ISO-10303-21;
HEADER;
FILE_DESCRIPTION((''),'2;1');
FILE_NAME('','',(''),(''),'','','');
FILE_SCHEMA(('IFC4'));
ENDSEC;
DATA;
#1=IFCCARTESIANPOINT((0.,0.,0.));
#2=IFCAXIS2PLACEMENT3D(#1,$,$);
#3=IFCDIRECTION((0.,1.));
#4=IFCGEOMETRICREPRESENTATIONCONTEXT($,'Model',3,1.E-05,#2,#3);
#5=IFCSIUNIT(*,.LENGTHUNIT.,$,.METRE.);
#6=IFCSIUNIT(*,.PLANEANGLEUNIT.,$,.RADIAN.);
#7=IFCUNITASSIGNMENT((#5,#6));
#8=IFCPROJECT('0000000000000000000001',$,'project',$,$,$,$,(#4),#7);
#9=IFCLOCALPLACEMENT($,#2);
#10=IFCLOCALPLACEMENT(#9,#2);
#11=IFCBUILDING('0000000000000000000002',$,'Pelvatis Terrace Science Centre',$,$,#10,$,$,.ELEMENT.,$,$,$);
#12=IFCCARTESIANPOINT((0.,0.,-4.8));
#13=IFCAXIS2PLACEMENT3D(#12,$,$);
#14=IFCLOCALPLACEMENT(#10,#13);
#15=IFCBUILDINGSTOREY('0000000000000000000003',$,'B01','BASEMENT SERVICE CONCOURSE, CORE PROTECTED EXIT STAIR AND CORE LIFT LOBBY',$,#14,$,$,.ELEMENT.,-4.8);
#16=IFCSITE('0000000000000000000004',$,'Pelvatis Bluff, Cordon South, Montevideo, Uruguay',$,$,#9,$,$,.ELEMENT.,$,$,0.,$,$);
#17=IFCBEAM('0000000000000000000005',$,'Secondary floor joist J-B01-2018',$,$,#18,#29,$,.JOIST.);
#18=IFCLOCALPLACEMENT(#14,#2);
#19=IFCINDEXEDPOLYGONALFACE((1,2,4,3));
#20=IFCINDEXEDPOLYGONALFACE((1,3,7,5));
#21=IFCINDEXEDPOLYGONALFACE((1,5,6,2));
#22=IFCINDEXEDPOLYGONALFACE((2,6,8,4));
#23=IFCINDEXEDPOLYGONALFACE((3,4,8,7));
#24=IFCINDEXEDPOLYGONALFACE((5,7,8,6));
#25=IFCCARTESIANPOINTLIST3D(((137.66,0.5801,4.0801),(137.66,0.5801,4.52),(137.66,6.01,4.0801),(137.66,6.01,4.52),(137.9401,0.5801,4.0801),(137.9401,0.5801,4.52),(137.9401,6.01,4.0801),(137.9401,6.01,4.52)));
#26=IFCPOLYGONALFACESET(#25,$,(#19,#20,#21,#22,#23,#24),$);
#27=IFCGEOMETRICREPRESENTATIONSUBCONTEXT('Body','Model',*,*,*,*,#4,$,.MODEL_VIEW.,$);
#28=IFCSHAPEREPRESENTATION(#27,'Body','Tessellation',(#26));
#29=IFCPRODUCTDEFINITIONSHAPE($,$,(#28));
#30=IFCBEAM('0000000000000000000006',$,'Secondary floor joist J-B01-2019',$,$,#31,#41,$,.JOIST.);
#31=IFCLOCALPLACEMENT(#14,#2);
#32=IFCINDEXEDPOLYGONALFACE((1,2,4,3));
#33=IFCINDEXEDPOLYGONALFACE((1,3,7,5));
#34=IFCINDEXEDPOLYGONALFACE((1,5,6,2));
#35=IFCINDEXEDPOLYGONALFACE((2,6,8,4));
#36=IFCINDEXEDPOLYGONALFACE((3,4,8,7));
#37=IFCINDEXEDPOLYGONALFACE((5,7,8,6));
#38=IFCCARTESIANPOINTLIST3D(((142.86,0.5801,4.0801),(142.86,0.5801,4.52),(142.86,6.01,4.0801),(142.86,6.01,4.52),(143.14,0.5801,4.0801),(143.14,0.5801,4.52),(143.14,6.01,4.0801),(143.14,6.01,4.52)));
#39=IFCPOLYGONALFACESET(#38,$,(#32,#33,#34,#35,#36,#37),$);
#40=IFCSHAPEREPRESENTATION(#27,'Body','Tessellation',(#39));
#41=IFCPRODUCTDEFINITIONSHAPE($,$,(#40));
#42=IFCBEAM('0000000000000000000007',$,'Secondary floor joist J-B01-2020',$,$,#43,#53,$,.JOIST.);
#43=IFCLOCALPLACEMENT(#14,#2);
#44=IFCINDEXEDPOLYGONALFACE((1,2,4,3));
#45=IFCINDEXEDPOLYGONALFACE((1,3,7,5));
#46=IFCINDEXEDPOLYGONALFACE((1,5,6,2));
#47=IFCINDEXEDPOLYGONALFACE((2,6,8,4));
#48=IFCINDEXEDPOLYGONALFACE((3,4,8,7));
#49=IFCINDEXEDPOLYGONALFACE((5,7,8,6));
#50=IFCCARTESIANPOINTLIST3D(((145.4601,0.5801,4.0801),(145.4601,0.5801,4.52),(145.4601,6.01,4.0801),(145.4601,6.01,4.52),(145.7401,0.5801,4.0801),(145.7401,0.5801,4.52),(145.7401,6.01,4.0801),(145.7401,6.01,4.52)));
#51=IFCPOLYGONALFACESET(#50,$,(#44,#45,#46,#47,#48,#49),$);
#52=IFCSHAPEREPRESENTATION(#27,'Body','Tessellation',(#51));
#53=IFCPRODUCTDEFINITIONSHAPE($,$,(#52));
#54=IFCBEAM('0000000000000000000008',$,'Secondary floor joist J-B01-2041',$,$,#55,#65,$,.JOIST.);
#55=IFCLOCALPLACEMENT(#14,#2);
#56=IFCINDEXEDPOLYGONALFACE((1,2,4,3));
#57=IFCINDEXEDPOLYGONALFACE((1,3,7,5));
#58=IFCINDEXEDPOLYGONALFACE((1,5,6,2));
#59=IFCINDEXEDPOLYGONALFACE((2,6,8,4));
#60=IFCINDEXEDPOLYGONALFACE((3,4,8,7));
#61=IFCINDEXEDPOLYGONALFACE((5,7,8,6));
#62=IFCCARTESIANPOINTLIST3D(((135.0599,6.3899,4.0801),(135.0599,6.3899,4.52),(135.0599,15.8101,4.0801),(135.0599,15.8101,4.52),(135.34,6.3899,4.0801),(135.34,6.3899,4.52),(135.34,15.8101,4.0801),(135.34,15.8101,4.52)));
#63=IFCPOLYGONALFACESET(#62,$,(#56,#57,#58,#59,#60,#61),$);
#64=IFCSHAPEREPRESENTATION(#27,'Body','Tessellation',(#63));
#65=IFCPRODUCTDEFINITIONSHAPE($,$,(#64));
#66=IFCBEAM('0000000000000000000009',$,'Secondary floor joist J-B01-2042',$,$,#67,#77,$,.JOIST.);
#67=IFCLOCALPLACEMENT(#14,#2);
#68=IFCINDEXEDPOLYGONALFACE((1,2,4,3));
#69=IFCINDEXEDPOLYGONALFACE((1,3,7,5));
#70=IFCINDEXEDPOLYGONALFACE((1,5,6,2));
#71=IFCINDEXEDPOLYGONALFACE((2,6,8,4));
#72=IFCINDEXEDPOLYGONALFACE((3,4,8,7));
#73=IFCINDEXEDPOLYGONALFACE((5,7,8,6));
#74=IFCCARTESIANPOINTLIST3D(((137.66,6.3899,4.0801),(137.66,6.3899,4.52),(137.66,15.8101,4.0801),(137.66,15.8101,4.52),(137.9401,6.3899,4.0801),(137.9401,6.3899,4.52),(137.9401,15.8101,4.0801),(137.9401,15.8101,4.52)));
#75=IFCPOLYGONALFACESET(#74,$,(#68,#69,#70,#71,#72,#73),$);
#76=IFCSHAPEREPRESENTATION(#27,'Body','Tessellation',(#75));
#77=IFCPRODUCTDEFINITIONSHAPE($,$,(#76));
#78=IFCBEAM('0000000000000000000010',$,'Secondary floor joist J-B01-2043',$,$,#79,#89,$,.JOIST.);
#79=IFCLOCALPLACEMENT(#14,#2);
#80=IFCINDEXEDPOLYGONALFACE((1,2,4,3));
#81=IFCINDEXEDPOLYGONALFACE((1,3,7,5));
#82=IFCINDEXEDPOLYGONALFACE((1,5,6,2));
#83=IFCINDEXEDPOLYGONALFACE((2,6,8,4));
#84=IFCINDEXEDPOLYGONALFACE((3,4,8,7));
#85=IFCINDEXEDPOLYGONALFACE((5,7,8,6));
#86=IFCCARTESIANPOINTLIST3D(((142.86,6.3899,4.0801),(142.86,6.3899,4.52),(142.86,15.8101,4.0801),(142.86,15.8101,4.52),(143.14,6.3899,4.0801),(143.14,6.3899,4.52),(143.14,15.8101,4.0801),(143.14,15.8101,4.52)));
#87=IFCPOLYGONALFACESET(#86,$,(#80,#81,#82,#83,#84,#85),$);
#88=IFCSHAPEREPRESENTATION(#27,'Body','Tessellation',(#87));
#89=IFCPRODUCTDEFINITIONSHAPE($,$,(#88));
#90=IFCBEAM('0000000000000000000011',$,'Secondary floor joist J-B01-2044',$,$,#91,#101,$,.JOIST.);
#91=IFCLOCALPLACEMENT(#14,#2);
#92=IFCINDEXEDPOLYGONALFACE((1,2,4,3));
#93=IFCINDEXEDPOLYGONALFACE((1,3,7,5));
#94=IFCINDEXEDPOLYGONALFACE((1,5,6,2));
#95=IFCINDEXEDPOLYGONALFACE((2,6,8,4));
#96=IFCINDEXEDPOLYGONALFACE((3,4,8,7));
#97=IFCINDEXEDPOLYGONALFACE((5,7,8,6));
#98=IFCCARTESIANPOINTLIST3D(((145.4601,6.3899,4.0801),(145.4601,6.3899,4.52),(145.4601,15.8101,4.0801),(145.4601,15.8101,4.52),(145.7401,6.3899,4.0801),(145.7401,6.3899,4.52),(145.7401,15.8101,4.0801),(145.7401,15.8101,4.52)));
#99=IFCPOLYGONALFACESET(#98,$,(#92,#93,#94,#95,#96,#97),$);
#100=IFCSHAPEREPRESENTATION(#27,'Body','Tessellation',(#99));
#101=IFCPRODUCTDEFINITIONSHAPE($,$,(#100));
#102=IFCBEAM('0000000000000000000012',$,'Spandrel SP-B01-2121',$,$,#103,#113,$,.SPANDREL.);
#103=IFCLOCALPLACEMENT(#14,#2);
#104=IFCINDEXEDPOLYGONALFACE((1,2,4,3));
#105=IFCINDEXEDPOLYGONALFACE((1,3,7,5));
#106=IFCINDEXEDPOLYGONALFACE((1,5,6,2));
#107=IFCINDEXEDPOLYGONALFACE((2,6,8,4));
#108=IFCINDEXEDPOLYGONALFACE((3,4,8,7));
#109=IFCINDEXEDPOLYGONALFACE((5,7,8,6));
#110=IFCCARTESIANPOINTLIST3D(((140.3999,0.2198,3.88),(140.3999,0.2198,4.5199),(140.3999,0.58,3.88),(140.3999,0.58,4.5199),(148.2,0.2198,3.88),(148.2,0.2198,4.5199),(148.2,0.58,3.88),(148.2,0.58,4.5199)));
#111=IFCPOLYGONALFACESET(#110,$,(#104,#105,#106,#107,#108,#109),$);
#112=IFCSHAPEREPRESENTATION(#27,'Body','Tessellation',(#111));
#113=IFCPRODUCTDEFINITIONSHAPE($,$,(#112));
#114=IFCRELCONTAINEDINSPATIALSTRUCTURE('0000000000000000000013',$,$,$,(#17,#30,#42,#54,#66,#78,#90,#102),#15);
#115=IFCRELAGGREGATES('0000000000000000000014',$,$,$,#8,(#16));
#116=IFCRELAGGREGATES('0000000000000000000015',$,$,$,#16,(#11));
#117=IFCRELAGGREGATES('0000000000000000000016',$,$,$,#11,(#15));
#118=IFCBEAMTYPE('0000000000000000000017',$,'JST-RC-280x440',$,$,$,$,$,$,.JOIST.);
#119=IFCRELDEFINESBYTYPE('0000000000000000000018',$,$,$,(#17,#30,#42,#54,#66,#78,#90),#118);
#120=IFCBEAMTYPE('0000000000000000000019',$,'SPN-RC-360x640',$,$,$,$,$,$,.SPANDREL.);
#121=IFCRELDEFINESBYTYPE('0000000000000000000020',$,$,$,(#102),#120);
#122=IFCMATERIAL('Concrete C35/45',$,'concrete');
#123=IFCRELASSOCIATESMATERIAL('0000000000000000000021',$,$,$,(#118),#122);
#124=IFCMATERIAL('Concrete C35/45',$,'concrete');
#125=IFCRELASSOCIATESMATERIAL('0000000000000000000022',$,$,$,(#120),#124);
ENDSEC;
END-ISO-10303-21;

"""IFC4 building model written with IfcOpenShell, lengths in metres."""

from ifc_helpers import new_model, si_unit, direction, frame, origin, origin_2d, place, context, subcontext, project, spatial, rectangle, extrude, material, material_profile, profile_set, type_object, element, save


model = new_model("IFC4")

# Units and contexts
model_context = context("Model", 3, precision=1e-05, world=origin(), true_north=direction((0.0, 1.0)))
body_context = subcontext(model_context, "Body", "Model", "MODEL_VIEW")
ifc_project = project(units=[si_unit("LENGTHUNIT", "METRE"), si_unit("PLANEANGLEUNIT", "RADIAN")], contexts=[model_context])

# Site, building, storey
site_placement = place(None, origin())
site = spatial("IfcSite", under=ifc_project, at=site_placement, Name="Pelvatis Bluff, Cordon South, Montevideo, Uruguay", CompositionType="ELEMENT", RefElevation=0.0)
building_placement = place(site_placement, origin())
building = spatial("IfcBuilding", under=site, at=building_placement, Name="Pelvatis Terrace Science Centre", CompositionType="ELEMENT")
storey_placement = place(building_placement, frame((0.0, 0.0, -4.8)))
storey = spatial("IfcBuildingStorey", under=building, at=storey_placement, Name="B01", Description="BASEMENT SERVICE CONCOURSE, CORE PROTECTED EXIT STAIR AND CORE LIFT LOBBY", CompositionType="ELEMENT", Elevation=-4.8)

# Beams
ifc_material_1 = material(Name="Concrete C35/45", Category="concrete")
ifc_material_profile_1 = material_profile(ifc_material_1, rectangle(XDim=0.28, YDim=0.4399, at=origin_2d()), Name="RC-JST 280x440")
ifc_profile_set_1 = profile_set([ifc_material_profile_1], Name="Concrete C35/45")
beam_type_1 = type_object("IfcBeamType", Name="JST-RC-280x440", PredefinedType="JOIST", material=ifc_profile_set_1)
for number, where, z_axis, x_axis, name in (
    (1, (137.8, 0.5801, 4.3), (0.0, 1.0, 0.0), (-1.0, 0.0, 0.0), "Secondary floor joist J-B01-2018"),
    (2, (143.0, 0.5801, 4.3), (0.0, 1.0, 0.0), (-1.0, 0.0, 0.0), "Secondary floor joist J-B01-2019"),
    (3, (145.6001, 0.5801, 4.3), (0.0, 1.0, 0.0), (-1.0, 0.0, 0.0), "Secondary floor joist J-B01-2020"),
):
    element("IfcBeam", number, at=place(storey_placement, frame(where, z_axis=z_axis, x_axis=x_axis)), inside=storey, type_object=beam_type_1, Name=name, PredefinedType="JOIST", context=body_context, shape_type="SweptSolid", body=[
        extrude(rectangle(XDim=0.28, YDim=0.4399, at=origin_2d()), origin(), (0.0, 0.0, 1.0), 5.4299),
    ])
for number, where, z_axis, x_axis, name in (
    (4, (135.2, 6.3899, 4.3), (0.0, 1.0, 0.0), (-1.0, 0.0, 0.0), "Secondary floor joist J-B01-2041"),
    (5, (137.8, 6.3899, 4.3), (0.0, 1.0, 0.0), (-1.0, 0.0, 0.0), "Secondary floor joist J-B01-2042"),
    (6, (143.0, 6.3899, 4.3), (0.0, 1.0, 0.0), (-1.0, 0.0, 0.0), "Secondary floor joist J-B01-2043"),
    (7, (145.6001, 6.3899, 4.3), (0.0, 1.0, 0.0), (-1.0, 0.0, 0.0), "Secondary floor joist J-B01-2044"),
):
    element("IfcBeam", number, at=place(storey_placement, frame(where, z_axis=z_axis, x_axis=x_axis)), inside=storey, type_object=beam_type_1, Name=name, PredefinedType="JOIST", context=body_context, shape_type="SweptSolid", body=[
        extrude(rectangle(XDim=0.28, YDim=0.4399, at=origin_2d()), origin(), (0.0, 0.0, 1.0), 9.4202),
    ])
ifc_material_2 = material(Name="Concrete C35/45", Category="concrete")
ifc_material_profile_2 = material_profile(ifc_material_2, rectangle(XDim=0.3601, YDim=0.6399, at=origin_2d()), Name="RC-SPN 360x640")
ifc_profile_set_2 = profile_set([ifc_material_profile_2], Name="Concrete C35/45")
beam_type_2 = type_object("IfcBeamType", Name="SPN-RC-360x640", PredefinedType="SPANDREL", material=ifc_profile_set_2)
beam_1_placement = place(storey_placement, frame((140.3999, 0.3999, 4.2), z_axis=(1.0, 0.0, 0.0), x_axis=(0.0, 1.0, 0.0)))
element("IfcBeam", 8, at=beam_1_placement, inside=storey, type_object=beam_type_2, Name="Spandrel SP-B01-2121", PredefinedType="SPANDREL", context=body_context, shape_type="SweptSolid", body=[
    extrude(rectangle(XDim=0.3601, YDim=0.6399, at=origin_2d()), origin(), (0.0, 0.0, 1.0), 7.8),
])

save(model, "model.ifc")
